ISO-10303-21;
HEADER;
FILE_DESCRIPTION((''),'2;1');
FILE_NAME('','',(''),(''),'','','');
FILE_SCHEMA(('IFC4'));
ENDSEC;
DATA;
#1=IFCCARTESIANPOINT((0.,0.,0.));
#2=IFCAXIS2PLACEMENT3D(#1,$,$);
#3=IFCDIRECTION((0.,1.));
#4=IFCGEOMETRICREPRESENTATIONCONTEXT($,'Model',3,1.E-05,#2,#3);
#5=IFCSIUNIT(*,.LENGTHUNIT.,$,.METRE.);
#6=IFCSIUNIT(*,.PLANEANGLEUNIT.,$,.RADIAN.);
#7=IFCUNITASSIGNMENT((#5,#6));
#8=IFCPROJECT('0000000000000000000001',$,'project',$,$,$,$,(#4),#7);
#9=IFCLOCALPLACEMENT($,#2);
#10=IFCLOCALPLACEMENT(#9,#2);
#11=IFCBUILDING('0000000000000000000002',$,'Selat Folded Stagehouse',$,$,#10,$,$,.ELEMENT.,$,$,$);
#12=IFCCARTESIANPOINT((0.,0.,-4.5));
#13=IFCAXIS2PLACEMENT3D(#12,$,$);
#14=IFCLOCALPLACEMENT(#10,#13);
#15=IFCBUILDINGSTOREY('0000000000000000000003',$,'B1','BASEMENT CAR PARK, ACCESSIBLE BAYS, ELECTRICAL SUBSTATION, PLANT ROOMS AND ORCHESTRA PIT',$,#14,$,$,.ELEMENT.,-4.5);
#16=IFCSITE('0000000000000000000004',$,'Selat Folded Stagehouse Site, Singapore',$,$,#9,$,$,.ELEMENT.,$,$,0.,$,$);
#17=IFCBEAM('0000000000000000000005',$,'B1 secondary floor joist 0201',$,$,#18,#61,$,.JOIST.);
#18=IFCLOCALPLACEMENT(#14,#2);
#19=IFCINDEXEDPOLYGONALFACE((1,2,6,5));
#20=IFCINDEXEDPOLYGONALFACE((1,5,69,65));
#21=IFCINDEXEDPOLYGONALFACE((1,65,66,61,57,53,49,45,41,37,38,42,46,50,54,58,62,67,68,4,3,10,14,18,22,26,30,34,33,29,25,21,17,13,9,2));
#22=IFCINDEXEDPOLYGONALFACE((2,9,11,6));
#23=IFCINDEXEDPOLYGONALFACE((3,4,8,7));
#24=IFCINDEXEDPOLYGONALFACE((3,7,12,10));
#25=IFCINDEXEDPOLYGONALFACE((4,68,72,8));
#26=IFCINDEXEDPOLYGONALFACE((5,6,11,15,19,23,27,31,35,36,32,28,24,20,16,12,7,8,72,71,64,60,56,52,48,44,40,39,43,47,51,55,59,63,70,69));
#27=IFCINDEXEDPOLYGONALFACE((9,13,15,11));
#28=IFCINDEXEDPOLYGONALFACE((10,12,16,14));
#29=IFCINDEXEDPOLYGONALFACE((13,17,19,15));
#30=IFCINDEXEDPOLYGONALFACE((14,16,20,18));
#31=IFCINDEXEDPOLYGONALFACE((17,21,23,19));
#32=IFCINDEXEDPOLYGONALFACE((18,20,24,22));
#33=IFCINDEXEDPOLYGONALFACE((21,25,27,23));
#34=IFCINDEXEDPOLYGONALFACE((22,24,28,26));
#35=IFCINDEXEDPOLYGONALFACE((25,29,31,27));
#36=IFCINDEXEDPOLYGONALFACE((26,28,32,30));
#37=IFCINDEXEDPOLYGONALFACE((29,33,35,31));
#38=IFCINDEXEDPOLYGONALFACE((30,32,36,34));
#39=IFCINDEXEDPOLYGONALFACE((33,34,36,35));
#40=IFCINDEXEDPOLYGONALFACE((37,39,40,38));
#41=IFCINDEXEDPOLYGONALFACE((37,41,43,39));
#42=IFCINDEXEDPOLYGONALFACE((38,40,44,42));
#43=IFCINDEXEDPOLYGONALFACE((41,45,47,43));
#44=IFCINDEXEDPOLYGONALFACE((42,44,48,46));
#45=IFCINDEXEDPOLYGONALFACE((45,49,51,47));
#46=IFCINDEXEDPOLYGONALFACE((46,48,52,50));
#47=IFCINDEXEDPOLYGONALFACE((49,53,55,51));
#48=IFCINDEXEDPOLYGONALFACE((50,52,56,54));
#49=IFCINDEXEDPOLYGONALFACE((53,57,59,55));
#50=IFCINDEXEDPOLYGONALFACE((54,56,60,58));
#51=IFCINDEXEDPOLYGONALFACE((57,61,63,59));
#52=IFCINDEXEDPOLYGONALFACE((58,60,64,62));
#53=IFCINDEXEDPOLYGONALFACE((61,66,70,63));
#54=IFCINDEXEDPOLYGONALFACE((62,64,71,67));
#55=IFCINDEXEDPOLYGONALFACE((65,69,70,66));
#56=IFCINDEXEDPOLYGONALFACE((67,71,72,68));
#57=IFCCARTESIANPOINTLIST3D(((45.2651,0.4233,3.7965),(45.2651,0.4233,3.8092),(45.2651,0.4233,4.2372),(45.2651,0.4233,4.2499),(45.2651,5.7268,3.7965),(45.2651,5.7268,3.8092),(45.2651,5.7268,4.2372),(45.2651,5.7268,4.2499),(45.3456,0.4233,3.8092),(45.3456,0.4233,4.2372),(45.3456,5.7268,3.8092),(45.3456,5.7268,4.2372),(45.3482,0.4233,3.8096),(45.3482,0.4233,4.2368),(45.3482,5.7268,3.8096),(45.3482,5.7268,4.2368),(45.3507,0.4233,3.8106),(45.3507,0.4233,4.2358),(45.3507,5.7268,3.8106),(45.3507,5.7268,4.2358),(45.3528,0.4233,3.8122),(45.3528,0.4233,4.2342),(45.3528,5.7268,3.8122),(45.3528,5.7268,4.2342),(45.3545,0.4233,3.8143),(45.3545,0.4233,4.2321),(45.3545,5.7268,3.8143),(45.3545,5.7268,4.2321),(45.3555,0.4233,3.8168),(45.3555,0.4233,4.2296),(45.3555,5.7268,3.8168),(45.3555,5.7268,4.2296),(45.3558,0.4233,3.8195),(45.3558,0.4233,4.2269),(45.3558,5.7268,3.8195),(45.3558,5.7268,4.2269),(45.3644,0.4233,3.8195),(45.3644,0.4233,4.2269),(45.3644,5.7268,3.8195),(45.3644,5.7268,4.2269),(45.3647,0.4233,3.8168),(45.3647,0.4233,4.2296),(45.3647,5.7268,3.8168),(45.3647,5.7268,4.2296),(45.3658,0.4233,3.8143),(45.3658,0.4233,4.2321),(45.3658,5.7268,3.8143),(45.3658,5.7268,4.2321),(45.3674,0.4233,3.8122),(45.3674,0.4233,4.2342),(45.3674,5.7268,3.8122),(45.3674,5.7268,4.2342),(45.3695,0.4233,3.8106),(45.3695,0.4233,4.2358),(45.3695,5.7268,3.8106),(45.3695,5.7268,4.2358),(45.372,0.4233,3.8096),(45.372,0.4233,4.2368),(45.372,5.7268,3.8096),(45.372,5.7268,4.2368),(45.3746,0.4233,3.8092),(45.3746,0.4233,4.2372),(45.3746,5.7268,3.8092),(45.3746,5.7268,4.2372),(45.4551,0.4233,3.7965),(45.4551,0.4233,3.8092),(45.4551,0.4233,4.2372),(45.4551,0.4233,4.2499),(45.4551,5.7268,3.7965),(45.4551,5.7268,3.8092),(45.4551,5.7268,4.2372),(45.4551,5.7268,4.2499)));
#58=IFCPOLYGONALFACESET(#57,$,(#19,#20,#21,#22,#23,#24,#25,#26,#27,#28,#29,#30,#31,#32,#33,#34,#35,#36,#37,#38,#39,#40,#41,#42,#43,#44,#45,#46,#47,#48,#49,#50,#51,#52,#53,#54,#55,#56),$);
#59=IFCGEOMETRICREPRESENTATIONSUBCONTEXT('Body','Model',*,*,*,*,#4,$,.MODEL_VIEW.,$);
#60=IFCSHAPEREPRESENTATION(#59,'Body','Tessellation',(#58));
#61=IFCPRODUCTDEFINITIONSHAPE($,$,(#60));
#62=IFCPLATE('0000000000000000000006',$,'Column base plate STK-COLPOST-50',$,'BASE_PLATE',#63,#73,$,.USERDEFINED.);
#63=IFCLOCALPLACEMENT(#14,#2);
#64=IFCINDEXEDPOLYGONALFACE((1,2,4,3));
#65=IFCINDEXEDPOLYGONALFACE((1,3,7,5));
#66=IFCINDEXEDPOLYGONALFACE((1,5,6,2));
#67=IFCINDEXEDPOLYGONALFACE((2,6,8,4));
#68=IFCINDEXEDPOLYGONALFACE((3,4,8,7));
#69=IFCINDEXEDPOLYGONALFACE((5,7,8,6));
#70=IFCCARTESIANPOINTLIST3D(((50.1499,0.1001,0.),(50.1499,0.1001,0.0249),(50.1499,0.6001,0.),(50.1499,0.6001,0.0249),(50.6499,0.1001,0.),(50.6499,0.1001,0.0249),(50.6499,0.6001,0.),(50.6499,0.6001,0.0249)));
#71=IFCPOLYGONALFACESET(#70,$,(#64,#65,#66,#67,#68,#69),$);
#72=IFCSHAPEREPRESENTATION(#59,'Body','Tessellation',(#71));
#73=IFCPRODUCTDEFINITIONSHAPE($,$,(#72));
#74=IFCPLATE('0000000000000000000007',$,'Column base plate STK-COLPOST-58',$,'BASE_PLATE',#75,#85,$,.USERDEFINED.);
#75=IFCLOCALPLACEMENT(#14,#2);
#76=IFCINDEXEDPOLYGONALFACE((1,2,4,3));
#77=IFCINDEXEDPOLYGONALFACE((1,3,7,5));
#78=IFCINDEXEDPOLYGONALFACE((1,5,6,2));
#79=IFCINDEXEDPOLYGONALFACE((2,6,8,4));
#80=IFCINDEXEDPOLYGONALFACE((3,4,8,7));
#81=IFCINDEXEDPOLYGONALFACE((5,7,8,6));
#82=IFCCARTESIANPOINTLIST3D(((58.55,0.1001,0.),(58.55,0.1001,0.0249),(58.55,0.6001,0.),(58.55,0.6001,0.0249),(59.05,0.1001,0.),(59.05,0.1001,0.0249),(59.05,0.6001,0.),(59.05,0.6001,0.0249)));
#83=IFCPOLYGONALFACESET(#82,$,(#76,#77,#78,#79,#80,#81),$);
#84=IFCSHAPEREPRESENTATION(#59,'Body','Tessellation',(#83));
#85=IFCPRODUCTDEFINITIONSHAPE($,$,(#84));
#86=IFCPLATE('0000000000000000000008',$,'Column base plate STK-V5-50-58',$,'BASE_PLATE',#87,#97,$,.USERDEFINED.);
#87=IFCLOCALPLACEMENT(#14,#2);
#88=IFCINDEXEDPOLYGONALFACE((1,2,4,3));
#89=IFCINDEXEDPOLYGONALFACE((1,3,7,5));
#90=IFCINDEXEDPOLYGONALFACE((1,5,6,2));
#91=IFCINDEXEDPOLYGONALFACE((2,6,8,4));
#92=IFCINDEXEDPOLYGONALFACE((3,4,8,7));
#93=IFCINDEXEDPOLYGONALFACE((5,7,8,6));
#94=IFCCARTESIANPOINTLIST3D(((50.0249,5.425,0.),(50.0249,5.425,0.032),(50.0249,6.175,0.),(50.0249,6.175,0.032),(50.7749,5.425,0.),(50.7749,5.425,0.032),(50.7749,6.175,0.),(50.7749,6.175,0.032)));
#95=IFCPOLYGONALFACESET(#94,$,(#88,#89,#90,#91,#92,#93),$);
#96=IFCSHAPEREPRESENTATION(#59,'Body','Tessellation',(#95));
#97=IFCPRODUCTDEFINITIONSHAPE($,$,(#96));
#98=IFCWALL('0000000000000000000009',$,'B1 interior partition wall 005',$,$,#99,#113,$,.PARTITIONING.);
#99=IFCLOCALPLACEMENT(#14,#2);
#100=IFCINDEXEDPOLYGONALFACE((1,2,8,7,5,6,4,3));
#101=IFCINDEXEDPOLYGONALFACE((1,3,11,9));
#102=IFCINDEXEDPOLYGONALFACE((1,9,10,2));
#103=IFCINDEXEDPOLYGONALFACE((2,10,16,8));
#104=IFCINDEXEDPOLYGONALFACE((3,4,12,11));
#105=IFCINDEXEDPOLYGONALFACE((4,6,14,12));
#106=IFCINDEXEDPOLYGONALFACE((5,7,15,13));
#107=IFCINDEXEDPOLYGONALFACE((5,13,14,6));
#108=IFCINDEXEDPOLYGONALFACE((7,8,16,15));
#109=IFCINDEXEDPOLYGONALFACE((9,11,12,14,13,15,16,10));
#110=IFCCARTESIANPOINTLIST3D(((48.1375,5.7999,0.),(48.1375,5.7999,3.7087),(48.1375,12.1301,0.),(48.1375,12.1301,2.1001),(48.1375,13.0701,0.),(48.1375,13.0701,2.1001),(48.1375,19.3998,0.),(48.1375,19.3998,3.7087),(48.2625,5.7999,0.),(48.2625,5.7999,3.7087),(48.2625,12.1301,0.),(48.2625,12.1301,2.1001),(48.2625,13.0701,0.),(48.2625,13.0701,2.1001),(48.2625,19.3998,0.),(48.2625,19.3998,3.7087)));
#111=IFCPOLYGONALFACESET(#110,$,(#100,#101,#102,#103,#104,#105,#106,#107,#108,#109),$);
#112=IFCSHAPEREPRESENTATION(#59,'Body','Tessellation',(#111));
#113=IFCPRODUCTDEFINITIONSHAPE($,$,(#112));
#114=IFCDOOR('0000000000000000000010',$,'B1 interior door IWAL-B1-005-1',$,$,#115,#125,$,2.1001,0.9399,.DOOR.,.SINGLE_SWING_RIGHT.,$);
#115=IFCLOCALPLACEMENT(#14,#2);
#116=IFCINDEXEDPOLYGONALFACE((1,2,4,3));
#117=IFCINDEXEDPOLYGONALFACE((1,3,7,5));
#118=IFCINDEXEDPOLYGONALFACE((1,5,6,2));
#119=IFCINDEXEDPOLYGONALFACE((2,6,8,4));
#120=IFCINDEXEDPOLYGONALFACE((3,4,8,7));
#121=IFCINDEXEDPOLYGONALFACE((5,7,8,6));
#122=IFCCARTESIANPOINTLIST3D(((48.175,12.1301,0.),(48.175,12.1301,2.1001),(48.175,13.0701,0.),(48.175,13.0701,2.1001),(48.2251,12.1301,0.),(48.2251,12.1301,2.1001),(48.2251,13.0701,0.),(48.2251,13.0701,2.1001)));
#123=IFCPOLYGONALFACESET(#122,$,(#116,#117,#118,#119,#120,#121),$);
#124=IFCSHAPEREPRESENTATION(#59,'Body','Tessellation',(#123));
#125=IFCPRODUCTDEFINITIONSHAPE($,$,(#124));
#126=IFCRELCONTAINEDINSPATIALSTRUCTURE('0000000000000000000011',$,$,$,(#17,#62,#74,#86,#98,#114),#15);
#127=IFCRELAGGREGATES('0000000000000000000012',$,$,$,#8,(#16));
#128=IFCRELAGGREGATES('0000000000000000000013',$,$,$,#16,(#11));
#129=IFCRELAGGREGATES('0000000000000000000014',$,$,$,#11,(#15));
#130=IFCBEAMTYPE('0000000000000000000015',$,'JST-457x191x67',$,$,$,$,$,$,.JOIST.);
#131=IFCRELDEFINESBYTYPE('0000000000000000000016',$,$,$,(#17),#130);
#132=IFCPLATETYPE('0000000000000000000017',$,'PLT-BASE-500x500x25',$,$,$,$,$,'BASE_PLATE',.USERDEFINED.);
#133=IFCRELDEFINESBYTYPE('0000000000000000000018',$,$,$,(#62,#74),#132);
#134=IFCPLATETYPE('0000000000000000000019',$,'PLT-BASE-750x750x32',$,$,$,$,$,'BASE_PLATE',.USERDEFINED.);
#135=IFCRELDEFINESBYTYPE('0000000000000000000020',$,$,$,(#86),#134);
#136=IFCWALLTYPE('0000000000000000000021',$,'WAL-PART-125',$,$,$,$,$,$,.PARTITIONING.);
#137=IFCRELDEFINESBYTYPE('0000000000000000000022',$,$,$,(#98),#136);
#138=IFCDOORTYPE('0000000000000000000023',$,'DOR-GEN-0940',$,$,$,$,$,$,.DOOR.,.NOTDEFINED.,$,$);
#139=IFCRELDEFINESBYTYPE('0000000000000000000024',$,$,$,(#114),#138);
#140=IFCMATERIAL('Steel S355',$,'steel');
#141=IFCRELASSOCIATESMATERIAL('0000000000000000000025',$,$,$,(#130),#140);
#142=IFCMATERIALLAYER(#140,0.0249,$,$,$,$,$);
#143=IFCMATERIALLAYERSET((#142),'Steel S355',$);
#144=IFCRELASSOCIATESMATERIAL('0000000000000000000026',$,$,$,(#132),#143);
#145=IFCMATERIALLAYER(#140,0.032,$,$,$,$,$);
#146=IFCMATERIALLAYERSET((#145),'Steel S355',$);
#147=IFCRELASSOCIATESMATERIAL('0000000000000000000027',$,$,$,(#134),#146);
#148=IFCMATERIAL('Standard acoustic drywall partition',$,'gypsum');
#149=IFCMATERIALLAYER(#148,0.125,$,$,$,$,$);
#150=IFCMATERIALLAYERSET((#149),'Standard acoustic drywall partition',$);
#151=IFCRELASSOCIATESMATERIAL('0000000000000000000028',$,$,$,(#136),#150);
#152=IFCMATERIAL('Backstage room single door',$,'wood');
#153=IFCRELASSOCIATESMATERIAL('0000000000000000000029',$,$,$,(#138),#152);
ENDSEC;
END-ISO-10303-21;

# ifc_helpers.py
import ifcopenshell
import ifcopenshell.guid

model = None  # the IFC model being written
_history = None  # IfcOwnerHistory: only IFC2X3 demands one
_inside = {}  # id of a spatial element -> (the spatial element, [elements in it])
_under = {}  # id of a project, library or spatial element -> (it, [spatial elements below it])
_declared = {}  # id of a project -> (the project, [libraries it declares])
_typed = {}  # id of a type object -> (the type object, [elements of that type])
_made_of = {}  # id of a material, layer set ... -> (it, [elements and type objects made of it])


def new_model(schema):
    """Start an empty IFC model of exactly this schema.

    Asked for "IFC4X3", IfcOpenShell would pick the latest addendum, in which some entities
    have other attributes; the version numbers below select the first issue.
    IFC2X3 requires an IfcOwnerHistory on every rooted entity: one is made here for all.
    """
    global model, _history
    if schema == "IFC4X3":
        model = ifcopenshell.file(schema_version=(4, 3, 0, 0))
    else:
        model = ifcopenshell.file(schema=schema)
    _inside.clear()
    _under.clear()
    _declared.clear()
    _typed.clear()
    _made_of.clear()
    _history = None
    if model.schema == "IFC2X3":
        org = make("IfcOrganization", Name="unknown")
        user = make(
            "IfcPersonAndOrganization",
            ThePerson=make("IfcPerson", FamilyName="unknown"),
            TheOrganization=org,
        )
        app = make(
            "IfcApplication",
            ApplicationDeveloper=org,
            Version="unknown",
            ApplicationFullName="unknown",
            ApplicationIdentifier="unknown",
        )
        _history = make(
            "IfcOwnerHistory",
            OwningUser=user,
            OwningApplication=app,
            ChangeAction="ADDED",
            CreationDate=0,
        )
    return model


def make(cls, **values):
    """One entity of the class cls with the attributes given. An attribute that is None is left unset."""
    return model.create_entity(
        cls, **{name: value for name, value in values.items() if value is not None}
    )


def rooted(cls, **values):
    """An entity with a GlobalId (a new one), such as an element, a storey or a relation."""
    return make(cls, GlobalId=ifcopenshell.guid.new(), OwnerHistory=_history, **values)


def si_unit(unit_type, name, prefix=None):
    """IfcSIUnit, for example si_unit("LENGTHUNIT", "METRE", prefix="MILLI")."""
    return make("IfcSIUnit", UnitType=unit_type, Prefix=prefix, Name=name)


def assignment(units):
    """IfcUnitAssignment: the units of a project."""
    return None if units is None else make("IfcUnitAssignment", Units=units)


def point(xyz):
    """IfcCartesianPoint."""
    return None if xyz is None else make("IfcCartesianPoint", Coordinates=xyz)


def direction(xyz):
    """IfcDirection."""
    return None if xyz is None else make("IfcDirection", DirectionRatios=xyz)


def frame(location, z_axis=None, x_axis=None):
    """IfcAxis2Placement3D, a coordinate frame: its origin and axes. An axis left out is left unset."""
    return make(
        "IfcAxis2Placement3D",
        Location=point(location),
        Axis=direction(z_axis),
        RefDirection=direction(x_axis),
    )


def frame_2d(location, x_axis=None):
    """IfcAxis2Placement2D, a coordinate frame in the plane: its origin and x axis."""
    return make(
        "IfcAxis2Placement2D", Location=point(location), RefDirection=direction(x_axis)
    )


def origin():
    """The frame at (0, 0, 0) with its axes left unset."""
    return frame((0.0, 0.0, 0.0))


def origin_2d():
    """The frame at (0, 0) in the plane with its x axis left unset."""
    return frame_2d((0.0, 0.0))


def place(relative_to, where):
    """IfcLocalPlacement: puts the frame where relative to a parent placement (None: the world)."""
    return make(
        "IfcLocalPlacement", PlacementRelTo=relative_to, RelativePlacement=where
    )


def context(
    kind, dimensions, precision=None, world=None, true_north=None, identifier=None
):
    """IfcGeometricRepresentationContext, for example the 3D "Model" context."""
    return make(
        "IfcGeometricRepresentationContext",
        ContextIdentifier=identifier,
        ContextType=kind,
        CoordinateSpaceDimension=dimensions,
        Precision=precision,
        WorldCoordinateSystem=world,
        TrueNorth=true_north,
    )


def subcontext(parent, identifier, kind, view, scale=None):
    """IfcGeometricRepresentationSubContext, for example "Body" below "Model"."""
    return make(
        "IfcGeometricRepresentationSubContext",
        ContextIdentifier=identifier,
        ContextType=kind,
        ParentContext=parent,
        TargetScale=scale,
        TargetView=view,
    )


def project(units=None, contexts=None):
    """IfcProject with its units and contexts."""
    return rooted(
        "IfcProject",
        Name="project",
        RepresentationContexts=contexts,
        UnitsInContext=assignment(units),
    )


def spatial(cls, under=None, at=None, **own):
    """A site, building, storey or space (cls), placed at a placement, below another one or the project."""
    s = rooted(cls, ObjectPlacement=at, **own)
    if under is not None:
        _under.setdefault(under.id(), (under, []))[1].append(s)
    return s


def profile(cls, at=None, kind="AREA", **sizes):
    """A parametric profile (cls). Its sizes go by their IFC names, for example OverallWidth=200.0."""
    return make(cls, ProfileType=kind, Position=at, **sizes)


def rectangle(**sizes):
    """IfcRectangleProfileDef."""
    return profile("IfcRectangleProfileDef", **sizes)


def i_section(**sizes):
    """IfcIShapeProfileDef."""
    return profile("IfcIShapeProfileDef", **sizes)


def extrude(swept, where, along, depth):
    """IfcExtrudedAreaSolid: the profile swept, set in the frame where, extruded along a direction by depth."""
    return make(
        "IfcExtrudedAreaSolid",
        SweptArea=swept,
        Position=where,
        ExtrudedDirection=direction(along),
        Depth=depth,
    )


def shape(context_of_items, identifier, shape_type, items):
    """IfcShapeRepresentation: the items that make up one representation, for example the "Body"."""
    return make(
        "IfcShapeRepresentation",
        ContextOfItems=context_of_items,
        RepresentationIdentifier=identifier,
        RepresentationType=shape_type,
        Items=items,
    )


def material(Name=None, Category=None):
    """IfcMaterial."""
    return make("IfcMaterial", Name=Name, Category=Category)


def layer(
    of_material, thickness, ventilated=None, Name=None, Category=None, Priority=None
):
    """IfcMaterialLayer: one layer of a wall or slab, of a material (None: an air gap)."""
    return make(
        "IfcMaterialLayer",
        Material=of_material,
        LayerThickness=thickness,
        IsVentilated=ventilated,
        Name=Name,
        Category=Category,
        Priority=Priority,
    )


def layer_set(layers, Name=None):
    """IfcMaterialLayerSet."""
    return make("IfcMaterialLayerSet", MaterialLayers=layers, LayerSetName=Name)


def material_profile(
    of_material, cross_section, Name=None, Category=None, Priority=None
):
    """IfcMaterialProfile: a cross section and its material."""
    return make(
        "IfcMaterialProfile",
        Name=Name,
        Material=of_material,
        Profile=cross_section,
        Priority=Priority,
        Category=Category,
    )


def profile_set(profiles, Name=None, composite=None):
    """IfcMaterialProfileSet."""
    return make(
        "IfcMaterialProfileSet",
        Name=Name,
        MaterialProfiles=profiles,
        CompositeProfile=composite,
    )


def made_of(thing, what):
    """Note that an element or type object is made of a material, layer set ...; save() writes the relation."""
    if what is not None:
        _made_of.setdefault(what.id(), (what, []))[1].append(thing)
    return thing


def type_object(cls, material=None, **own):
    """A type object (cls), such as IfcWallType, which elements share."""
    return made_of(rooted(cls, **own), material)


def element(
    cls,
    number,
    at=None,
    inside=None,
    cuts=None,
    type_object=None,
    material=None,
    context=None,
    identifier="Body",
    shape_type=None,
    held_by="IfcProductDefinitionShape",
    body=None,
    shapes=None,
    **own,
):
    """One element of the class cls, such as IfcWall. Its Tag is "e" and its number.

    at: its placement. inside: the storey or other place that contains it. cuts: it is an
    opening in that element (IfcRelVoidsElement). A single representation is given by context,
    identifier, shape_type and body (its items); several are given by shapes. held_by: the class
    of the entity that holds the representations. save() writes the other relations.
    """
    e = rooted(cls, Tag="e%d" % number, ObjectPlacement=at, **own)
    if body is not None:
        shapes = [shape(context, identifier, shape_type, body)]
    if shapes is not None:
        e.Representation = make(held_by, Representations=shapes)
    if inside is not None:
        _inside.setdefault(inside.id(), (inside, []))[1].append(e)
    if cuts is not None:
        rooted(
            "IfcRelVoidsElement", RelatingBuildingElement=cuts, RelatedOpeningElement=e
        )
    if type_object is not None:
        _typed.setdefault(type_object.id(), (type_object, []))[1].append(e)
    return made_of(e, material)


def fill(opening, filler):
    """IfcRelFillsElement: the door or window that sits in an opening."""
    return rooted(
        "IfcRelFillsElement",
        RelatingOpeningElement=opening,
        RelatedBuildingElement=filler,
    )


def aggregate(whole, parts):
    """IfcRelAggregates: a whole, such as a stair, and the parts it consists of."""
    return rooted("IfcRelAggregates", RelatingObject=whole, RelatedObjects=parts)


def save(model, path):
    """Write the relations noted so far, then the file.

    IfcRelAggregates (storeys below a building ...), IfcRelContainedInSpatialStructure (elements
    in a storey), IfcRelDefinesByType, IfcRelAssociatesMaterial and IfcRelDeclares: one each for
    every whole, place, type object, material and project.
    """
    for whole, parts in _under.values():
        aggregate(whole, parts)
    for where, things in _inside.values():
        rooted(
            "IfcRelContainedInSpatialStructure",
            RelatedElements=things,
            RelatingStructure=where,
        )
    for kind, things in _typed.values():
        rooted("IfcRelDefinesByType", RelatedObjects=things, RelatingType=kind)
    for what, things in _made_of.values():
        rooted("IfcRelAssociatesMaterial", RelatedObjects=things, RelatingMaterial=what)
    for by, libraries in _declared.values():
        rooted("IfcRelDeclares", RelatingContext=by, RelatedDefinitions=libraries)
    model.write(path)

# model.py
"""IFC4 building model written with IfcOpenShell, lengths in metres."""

from ifc_helpers import new_model, si_unit, direction, frame, frame_2d, origin, origin_2d, place, context, subcontext, project, spatial, rectangle, i_section, extrude, material, layer, layer_set, material_profile, profile_set, type_object, element, fill, save


model = new_model("IFC4")

# Units and contexts
model_context = context("Model", 3, precision=1e-05, world=origin(), true_north=direction((0.0, 1.0)))
body_context = subcontext(model_context, "Body", "Model", "MODEL_VIEW")
ifc_project = project(units=[si_unit("LENGTHUNIT", "METRE"), si_unit("PLANEANGLEUNIT", "RADIAN")], contexts=[model_context])

# Site, building, storey
site_placement = place(None, origin())
site = spatial("IfcSite", under=ifc_project, at=site_placement, Name="Selat Folded Stagehouse Site, Singapore", CompositionType="ELEMENT", RefElevation=0.0)
building_placement = place(site_placement, origin())
building = spatial("IfcBuilding", under=site, at=building_placement, Name="Selat Folded Stagehouse", CompositionType="ELEMENT")
storey_placement = place(building_placement, frame((0.0, 0.0, -4.5)))
storey = spatial("IfcBuildingStorey", under=building, at=storey_placement, Name="B1", Description="BASEMENT CAR PARK, ACCESSIBLE BAYS, ELECTRICAL SUBSTATION, PLANT ROOMS AND ORCHESTRA PIT", CompositionType="ELEMENT", Elevation=-4.5)

# Shared definitions
ifc_material_1 = material(Name="Steel S355", Category="steel")

# Beam
ifc_material_profile_1 = material_profile(ifc_material_1, i_section(OverallWidth=0.1899, OverallDepth=0.4534, WebThickness=0.0085, FlangeThickness=0.0127, FilletRadius=0.0103, at=origin_2d()), Name="UKB 457x191x67")
ifc_profile_set_1 = profile_set([ifc_material_profile_1], Name="Steel S355")
beam_type_1 = type_object("IfcBeamType", Name="JST-457x191x67", PredefinedType="JOIST", material=ifc_profile_set_1)
beam_1_placement = place(storey_placement, frame((45.3601, 0.4233, 4.0232), z_axis=(0.0, 1.0, 0.0), x_axis=(-1.0, 0.0, 0.0)))
element("IfcBeam", 1, at=beam_1_placement, inside=storey, type_object=beam_type_1, Name="B1 secondary floor joist 0201", PredefinedType="JOIST", context=body_context, shape_type="SweptSolid", body=[
    extrude(i_section(OverallWidth=0.1899, OverallDepth=0.4534, WebThickness=0.0085, FlangeThickness=0.0127, FilletRadius=0.0103, at=origin_2d()), origin(), (0.0, 0.0, 1.0), 5.3035),
])

# Plates
ifc_layer_1 = layer(ifc_material_1, 0.0249)
ifc_layer_set_1 = layer_set([ifc_layer_1], Name="Steel S355")
plate_type_1 = type_object("IfcPlateType", Name="PLT-BASE-500x500x25", ElementType="BASE_PLATE", PredefinedType="USERDEFINED", material=ifc_layer_set_1)
for number, where, z_axis, x_axis, name in (
    (2, (50.3999, 0.3501, 0.0), (0.0, 0.0, 1.0), (1.0, 0.0, 0.0), "Column base plate STK-COLPOST-50"),
    (3, (58.8, 0.3501, 0.0), (0.0, 0.0, 1.0), (1.0, 0.0, 0.0), "Column base plate STK-COLPOST-58"),
):
    element("IfcPlate", number, at=place(storey_placement, frame(where, z_axis=z_axis, x_axis=x_axis)), inside=storey, type_object=plate_type_1, Name=name, ObjectType="BASE_PLATE", PredefinedType="USERDEFINED", context=body_context, shape_type="SweptSolid", body=[
        extrude(rectangle(XDim=0.5, YDim=0.5, at=origin_2d()), origin(), (0.0, 0.0, 1.0), 0.0249),
    ])
ifc_layer_2 = layer(ifc_material_1, 0.032)
ifc_layer_set_2 = layer_set([ifc_layer_2], Name="Steel S355")
plate_type_2 = type_object("IfcPlateType", Name="PLT-BASE-750x750x32", ElementType="BASE_PLATE", PredefinedType="USERDEFINED", material=ifc_layer_set_2)
plate_placement = place(storey_placement, frame((50.3999, 5.8, 0.0), z_axis=(0.0, 0.0, 1.0), x_axis=(1.0, 0.0, 0.0)))
element("IfcPlate", 4, at=plate_placement, inside=storey, type_object=plate_type_2, Name="Column base plate STK-V5-50-58", ObjectType="BASE_PLATE", PredefinedType="USERDEFINED", context=body_context, shape_type="SweptSolid", body=[
    extrude(rectangle(XDim=0.75, YDim=0.75, at=origin_2d()), origin(), (0.0, 0.0, 1.0), 0.032),
])

# Wall, opening, door
ifc_material_2 = material(Name="Standard acoustic drywall partition", Category="gypsum")
ifc_layer_3 = layer(ifc_material_2, 0.125)
ifc_layer_set_3 = layer_set([ifc_layer_3], Name="Standard acoustic drywall partition")
wall_type = type_object("IfcWallType", Name="WAL-PART-125", PredefinedType="PARTITIONING", material=ifc_layer_set_3)
wall_placement = place(storey_placement, frame((48.2, 5.8, 0.0), z_axis=(0.0, 0.0, 1.0), x_axis=(0.0, 1.0, 0.0)))
wall = element("IfcWall", 5, at=wall_placement, inside=storey, type_object=wall_type, Name="B1 interior partition wall 005", PredefinedType="PARTITIONING", context=body_context, shape_type="SweptSolid", body=[
    extrude(rectangle(XDim=13.5999, YDim=0.125, at=frame_2d((6.7998, 0.0))), origin(), (0.0, 0.0, 1.0), 3.7087),
])
opening_placement = place(wall_placement, frame((6.3301, 0.0, 0.0)))
opening = element("IfcOpeningElement", 6, at=opening_placement, cuts=wall, PredefinedType="OPENING", context=body_context, shape_type="SweptSolid", body=[
    extrude(rectangle(XDim=0.9399, YDim=2.1001, at=frame_2d((0.47, 1.05))), frame((0.0, 0.0725, 0.0), z_axis=(0.0, -1.0, 0.0), x_axis=(1.0, 0.0, 0.0)), (0.0, 0.0, 1.0), 0.145),
])
ifc_material_3 = material(Name="Backstage room single door", Category="wood")
door_type = type_object("IfcDoorType", Name="DOR-GEN-0940", OperationType="NOTDEFINED", PredefinedType="DOOR", material=ifc_material_3)
door_placement = place(opening_placement, origin())
door = element("IfcDoor", 7, at=door_placement, inside=storey, type_object=door_type, Name="B1 interior door IWAL-B1-005-1", OperationType="SINGLE_SWING_RIGHT", OverallHeight=2.1001, OverallWidth=0.9399, PredefinedType="DOOR", context=body_context, shape_type="SweptSolid", body=[
    extrude(rectangle(XDim=0.9399, YDim=2.1001, at=frame_2d((0.47, 1.05))), frame((0.0, 0.0249, 0.0), z_axis=(0.0, -1.0, 0.0), x_axis=(1.0, 0.0, 0.0)), (0.0, 0.0, 1.0), 0.05),
])
fill(opening, door)

save(model, "model.ifc")
